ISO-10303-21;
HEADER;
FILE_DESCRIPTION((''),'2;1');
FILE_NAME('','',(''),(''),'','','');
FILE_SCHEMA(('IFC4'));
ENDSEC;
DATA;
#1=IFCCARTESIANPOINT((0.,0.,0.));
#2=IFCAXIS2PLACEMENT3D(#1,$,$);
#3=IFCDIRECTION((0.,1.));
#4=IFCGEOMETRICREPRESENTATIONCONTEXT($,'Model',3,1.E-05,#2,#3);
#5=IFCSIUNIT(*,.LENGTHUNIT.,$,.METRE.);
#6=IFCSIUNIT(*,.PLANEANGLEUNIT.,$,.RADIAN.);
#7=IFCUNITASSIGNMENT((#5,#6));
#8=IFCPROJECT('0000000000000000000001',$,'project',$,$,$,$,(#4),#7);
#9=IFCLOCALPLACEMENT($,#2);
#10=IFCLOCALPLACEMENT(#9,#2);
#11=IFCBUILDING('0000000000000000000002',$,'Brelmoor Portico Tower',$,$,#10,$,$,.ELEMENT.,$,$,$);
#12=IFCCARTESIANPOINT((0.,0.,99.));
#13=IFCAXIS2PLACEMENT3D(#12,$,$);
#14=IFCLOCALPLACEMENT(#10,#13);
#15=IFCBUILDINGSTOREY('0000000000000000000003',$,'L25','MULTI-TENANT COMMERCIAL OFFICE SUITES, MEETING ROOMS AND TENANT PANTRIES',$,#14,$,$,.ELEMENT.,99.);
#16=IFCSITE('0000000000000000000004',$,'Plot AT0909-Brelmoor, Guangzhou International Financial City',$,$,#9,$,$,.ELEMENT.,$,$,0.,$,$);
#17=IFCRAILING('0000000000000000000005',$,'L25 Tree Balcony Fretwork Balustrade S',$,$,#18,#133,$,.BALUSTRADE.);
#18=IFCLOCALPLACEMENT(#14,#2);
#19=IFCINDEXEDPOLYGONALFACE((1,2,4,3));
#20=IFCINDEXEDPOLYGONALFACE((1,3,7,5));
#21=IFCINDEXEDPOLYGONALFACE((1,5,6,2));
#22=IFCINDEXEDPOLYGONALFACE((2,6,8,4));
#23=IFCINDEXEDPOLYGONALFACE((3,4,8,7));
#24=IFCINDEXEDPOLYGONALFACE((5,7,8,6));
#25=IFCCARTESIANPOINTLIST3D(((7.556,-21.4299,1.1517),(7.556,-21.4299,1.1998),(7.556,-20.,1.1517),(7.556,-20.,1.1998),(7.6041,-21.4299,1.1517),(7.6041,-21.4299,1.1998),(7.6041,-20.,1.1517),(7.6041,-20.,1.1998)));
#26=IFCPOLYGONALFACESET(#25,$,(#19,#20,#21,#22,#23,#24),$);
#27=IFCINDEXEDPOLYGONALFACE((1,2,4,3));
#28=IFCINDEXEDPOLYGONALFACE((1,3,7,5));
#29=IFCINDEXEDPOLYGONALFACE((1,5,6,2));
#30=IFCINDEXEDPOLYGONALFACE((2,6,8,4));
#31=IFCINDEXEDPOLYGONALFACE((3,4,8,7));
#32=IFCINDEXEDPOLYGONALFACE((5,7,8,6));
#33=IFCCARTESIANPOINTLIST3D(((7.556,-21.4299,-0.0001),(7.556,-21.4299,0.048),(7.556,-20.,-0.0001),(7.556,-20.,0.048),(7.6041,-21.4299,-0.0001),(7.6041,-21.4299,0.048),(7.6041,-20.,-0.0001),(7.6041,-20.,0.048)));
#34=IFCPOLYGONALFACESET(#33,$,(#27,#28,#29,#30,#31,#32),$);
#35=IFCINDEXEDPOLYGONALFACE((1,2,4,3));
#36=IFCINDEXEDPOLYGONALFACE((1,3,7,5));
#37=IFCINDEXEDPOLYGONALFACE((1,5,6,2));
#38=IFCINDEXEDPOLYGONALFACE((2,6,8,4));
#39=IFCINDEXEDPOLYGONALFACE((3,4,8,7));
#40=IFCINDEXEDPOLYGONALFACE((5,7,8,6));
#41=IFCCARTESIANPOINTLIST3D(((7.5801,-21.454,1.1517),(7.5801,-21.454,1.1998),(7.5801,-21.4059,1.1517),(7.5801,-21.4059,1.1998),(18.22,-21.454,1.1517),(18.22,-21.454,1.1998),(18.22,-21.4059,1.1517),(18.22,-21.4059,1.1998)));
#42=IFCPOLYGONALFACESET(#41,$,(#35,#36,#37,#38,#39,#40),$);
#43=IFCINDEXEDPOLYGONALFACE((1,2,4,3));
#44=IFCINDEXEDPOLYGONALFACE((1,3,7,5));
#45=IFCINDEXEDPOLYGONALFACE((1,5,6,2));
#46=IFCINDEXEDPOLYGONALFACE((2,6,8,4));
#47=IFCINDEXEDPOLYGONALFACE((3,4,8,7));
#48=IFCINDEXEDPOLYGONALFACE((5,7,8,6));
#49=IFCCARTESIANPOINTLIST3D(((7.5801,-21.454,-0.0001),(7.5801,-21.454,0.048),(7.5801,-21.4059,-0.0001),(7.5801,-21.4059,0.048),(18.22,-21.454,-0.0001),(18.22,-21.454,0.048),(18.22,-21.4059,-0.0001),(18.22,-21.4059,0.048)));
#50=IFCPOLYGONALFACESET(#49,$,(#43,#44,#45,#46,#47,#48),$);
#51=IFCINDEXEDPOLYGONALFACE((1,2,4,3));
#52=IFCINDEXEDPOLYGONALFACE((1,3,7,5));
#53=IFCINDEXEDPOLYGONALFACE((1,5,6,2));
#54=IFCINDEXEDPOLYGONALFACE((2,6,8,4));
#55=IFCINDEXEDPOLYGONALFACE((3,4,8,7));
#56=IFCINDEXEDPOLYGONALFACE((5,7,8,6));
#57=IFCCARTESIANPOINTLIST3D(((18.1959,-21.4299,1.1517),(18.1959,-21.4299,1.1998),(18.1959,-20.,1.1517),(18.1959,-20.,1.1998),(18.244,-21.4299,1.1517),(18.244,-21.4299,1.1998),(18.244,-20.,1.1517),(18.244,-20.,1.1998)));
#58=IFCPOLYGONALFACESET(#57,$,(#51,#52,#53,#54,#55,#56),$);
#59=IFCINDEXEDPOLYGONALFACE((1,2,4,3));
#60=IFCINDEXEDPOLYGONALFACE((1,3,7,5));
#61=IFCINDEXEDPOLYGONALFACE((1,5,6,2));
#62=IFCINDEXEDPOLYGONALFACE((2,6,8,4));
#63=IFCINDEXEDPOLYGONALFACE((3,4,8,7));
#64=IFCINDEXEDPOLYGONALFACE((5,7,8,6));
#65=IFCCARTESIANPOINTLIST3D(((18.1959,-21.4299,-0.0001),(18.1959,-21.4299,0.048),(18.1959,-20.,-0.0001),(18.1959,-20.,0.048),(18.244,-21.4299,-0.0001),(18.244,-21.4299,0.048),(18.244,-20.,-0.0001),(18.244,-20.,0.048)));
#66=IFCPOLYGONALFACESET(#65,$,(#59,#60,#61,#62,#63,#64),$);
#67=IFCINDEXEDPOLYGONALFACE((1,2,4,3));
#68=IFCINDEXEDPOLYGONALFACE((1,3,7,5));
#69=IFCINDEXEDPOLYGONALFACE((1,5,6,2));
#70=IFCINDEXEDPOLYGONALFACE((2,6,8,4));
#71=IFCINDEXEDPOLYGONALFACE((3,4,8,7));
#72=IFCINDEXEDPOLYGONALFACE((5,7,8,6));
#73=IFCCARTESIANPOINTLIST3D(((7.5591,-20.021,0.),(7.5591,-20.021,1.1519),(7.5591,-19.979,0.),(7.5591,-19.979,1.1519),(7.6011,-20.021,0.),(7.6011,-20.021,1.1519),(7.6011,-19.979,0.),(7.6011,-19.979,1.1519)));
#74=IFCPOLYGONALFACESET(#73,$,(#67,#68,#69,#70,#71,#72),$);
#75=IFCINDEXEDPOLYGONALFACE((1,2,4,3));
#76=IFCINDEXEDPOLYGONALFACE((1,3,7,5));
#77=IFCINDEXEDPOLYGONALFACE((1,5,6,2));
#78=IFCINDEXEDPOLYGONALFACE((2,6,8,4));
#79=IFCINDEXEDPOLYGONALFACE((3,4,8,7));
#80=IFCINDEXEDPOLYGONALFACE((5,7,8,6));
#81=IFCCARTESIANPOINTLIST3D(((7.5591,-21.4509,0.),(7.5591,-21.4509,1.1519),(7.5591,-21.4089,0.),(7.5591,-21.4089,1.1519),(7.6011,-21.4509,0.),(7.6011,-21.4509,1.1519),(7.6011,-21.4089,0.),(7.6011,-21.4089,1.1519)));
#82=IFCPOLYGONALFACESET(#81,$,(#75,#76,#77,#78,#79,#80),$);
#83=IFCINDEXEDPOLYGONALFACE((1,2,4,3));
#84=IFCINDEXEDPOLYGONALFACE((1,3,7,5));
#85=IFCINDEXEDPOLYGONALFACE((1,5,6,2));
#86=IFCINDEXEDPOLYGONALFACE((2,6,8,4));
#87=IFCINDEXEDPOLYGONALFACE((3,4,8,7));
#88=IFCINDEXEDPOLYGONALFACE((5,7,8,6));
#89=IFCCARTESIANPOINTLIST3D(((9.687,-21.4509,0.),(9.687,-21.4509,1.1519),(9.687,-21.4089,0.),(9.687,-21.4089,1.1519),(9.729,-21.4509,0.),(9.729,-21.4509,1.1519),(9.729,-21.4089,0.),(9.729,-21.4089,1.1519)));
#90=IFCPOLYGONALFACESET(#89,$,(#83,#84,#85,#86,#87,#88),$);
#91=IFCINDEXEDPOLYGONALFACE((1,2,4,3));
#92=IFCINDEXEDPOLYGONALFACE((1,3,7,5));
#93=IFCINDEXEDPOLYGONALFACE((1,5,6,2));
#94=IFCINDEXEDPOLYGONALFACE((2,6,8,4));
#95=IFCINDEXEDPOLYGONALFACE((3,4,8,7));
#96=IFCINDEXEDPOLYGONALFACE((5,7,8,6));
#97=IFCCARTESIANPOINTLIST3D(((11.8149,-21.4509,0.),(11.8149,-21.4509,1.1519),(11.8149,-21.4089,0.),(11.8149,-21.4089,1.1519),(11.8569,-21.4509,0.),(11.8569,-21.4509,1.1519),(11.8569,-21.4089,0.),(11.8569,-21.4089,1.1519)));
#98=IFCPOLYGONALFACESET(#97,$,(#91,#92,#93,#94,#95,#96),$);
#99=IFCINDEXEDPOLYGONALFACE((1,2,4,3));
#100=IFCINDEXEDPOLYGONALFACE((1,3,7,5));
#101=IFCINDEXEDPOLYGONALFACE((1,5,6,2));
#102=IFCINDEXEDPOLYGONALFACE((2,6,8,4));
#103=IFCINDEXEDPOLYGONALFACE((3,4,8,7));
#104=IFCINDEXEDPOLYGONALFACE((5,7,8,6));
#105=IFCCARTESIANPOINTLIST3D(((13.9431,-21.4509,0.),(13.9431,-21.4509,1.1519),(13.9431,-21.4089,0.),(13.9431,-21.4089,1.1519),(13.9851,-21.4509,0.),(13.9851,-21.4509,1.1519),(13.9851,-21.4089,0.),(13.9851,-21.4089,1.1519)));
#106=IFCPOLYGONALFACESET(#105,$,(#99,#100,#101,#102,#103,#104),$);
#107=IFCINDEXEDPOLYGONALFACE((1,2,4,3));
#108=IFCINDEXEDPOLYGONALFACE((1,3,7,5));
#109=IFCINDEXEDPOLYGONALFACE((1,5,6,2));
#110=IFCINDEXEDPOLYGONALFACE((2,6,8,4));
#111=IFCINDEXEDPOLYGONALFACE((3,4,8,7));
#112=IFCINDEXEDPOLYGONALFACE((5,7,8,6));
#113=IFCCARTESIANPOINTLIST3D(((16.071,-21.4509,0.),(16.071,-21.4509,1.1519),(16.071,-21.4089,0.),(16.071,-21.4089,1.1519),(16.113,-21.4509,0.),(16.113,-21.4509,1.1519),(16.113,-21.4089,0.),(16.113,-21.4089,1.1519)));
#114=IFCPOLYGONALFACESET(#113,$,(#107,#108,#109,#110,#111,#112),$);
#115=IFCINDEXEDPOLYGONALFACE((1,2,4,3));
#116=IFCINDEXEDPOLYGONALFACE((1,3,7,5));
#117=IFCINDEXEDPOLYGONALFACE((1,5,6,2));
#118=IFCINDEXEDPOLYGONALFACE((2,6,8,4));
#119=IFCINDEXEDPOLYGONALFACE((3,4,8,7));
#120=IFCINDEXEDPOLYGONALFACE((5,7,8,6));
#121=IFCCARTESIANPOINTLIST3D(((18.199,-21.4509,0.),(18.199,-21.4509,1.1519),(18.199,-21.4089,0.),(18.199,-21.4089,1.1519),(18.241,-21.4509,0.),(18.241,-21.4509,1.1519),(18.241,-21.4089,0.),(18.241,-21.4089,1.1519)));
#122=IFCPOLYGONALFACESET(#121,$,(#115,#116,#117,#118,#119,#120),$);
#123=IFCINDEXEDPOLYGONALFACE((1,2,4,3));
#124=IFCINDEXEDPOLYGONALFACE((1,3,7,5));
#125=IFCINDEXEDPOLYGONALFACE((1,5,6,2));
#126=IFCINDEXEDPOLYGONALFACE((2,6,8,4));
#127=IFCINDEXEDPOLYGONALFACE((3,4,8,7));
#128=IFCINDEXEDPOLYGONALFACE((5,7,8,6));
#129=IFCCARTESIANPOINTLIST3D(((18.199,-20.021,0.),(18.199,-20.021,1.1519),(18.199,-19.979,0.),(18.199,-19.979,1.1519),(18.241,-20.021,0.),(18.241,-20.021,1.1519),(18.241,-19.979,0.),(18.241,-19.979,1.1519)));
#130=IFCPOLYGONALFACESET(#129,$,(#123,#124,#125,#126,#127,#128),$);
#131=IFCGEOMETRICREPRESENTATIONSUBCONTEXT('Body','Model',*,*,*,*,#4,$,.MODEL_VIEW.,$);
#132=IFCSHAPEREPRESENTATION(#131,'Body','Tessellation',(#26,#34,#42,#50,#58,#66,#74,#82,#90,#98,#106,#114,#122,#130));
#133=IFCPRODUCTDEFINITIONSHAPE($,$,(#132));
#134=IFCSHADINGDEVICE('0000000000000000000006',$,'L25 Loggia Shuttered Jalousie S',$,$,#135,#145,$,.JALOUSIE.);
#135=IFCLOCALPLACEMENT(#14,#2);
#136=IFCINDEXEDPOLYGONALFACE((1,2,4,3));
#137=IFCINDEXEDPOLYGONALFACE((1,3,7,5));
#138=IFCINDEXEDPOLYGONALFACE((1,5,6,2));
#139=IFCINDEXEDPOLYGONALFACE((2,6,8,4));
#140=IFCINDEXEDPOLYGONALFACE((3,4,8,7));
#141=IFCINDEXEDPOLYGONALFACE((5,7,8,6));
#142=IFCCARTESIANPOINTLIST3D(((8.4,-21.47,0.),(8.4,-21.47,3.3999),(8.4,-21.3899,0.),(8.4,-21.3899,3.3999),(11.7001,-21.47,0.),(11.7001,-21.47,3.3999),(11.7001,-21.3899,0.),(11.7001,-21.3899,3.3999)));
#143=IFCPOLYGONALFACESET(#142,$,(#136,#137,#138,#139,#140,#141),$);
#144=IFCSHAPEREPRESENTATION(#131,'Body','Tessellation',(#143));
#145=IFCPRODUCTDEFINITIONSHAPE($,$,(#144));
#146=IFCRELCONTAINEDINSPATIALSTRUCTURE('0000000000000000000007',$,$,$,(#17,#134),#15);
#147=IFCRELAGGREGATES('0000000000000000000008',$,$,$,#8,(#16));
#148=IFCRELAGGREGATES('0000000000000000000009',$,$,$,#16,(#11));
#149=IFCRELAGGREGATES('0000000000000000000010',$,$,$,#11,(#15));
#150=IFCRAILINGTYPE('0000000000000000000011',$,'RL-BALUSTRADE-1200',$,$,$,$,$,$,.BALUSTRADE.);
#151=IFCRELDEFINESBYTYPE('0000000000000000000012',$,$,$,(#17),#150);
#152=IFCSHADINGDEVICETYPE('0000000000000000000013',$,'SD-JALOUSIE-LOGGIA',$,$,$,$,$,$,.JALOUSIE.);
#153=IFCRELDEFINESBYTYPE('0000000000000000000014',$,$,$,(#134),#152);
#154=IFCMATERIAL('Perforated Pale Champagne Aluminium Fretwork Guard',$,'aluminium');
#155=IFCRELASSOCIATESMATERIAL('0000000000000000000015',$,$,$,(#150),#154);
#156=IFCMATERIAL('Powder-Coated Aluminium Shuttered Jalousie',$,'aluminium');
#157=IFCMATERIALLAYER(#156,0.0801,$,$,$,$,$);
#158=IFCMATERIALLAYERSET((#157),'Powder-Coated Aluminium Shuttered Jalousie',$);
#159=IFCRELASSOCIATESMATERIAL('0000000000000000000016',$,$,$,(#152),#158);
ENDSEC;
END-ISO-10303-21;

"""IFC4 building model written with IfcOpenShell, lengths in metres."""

from ifc_helpers import new_model, si_unit, direction, frame, origin, origin_2d, place, context, subcontext, project, spatial, rectangle, extrude, material, layer, layer_set, type_object, element, save


model = new_model("IFC4")

# Units and contexts
model_context = context("Model", 3, precision=1e-05, world=origin(), true_north=direction((0.0, 1.0)))
body_context = subcontext(model_context, "Body", "Model", "MODEL_VIEW")
ifc_project = project(units=[si_unit("LENGTHUNIT", "METRE"), si_unit("PLANEANGLEUNIT", "RADIAN")], contexts=[model_context])

# Site, building, storey
site_placement = place(None, origin())
site = spatial("IfcSite", under=ifc_project, at=site_placement, Name="Plot AT0909-Brelmoor, Guangzhou International Financial City", CompositionType="ELEMENT", RefElevation=0.0)
building_placement = place(site_placement, origin())
building = spatial("IfcBuilding", under=site, at=building_placement, Name="Brelmoor Portico Tower", CompositionType="ELEMENT")
storey_placement = place(building_placement, frame((0.0, 0.0, 99.0)))
storey = spatial("IfcBuildingStorey", under=building, at=storey_placement, Name="L25", Description="MULTI-TENANT COMMERCIAL OFFICE SUITES, MEETING ROOMS AND TENANT PANTRIES", CompositionType="ELEMENT", Elevation=99.0)

# Railing
ifc_material_1 = material(Name="Perforated Pale Champagne Aluminium Fretwork Guard", Category="aluminium")
railing_type = type_object("IfcRailingType", Name="RL-BALUSTRADE-1200", PredefinedType="BALUSTRADE", material=ifc_material_1)
railing_placement = place(storey_placement, frame((7.5801, -20.0, 0.0)))
element("IfcRailing", 1, at=railing_placement, inside=storey, type_object=railing_type, Name="L25 Tree Balcony Fretwork Balustrade S", PredefinedType="BALUSTRADE", context=body_context, shape_type="SweptSolid", body=[
    extrude(rectangle(XDim=0.0481, YDim=0.0481, at=origin_2d()), frame((0.0, 0.0, 1.1758), z_axis=(0.0, -1.0, 0.0), x_axis=(1.0, 0.0, 0.0)), (0.0, 0.0, 1.0), 1.4299),
    extrude(rectangle(XDim=0.0481, YDim=0.0481, at=origin_2d()), frame((0.0, 0.0, 0.0239), z_axis=(0.0, -1.0, 0.0), x_axis=(1.0, 0.0, 0.0)), (0.0, 0.0, 1.0), 1.4299),
    extrude(rectangle(XDim=0.0481, YDim=0.0481, at=origin_2d()), frame((0.0, -1.4299, 1.1758), z_axis=(1.0, 0.0, 0.0), x_axis=(0.0, 1.0, 0.0)), (0.0, 0.0, 1.0), 10.6399),
    extrude(rectangle(XDim=0.0481, YDim=0.0481, at=origin_2d()), frame((0.0, -1.4299, 0.0239), z_axis=(1.0, 0.0, 0.0), x_axis=(0.0, 1.0, 0.0)), (0.0, 0.0, 1.0), 10.6399),
    extrude(rectangle(XDim=0.0481, YDim=0.0481, at=origin_2d()), frame((10.6399, -1.4299, 1.1758), z_axis=(0.0, 1.0, 0.0), x_axis=(-1.0, 0.0, 0.0)), (0.0, 0.0, 1.0), 1.4299),
    extrude(rectangle(XDim=0.0481, YDim=0.0481, at=origin_2d()), frame((10.6399, -1.4299, 0.0239), z_axis=(0.0, 1.0, 0.0), x_axis=(-1.0, 0.0, 0.0)), (0.0, 0.0, 1.0), 1.4299),
    extrude(rectangle(XDim=0.042, YDim=0.042, at=origin_2d()), origin(), (0.0, 0.0, 1.0), 1.1519),
    extrude(rectangle(XDim=0.042, YDim=0.042, at=origin_2d()), frame((0.0, -1.4299, 0.0)), (0.0, 0.0, 1.0), 1.1519),
    extrude(rectangle(XDim=0.042, YDim=0.042, at=origin_2d()), frame((2.1279, -1.4299, 0.0)), (0.0, 0.0, 1.0), 1.1519),
    extrude(rectangle(XDim=0.042, YDim=0.042, at=origin_2d()), frame((4.2559, -1.4299, 0.0)), (0.0, 0.0, 1.0), 1.1519),
    extrude(rectangle(XDim=0.042, YDim=0.042, at=origin_2d()), frame((6.384, -1.4299, 0.0)), (0.0, 0.0, 1.0), 1.1519),
    extrude(rectangle(XDim=0.042, YDim=0.042, at=origin_2d()), frame((8.512, -1.4299, 0.0)), (0.0, 0.0, 1.0), 1.1519),
    extrude(rectangle(XDim=0.042, YDim=0.042, at=origin_2d()), frame((10.6399, -1.4299, 0.0)), (0.0, 0.0, 1.0), 1.1519),
    extrude(rectangle(XDim=0.042, YDim=0.042, at=origin_2d()), frame((10.6399, 0.0, 0.0)), (0.0, 0.0, 1.0), 1.1519),
])

# Shading device
ifc_material_2 = material(Name="Powder-Coated Aluminium Shuttered Jalousie", Category="aluminium")
ifc_layer_1 = layer(ifc_material_2, 0.0801)
ifc_layer_set_1 = layer_set([ifc_layer_1], Name="Powder-Coated Aluminium Shuttered Jalousie")
shading_device_type = type_object("IfcShadingDeviceType", Name="SD-JALOUSIE-LOGGIA", PredefinedType="JALOUSIE", material=ifc_layer_set_1)
shading_device_placement = place(storey_placement, frame((10.05, -21.4299, 0.0), z_axis=(0.0, 0.0, 1.0), x_axis=(1.0, 0.0, 0.0)))
element("IfcShadingDevice", 2, at=shading_device_placement, inside=storey, type_object=shading_device_type, Name="L25 Loggia Shuttered Jalousie S", PredefinedType="JALOUSIE", context=body_context, shape_type="SweptSolid", body=[
    extrude(rectangle(XDim=3.3, YDim=0.0801, at=origin_2d()), origin(), (0.0, 0.0, 1.0), 3.3999),
])

save(model, "model.ifc")
